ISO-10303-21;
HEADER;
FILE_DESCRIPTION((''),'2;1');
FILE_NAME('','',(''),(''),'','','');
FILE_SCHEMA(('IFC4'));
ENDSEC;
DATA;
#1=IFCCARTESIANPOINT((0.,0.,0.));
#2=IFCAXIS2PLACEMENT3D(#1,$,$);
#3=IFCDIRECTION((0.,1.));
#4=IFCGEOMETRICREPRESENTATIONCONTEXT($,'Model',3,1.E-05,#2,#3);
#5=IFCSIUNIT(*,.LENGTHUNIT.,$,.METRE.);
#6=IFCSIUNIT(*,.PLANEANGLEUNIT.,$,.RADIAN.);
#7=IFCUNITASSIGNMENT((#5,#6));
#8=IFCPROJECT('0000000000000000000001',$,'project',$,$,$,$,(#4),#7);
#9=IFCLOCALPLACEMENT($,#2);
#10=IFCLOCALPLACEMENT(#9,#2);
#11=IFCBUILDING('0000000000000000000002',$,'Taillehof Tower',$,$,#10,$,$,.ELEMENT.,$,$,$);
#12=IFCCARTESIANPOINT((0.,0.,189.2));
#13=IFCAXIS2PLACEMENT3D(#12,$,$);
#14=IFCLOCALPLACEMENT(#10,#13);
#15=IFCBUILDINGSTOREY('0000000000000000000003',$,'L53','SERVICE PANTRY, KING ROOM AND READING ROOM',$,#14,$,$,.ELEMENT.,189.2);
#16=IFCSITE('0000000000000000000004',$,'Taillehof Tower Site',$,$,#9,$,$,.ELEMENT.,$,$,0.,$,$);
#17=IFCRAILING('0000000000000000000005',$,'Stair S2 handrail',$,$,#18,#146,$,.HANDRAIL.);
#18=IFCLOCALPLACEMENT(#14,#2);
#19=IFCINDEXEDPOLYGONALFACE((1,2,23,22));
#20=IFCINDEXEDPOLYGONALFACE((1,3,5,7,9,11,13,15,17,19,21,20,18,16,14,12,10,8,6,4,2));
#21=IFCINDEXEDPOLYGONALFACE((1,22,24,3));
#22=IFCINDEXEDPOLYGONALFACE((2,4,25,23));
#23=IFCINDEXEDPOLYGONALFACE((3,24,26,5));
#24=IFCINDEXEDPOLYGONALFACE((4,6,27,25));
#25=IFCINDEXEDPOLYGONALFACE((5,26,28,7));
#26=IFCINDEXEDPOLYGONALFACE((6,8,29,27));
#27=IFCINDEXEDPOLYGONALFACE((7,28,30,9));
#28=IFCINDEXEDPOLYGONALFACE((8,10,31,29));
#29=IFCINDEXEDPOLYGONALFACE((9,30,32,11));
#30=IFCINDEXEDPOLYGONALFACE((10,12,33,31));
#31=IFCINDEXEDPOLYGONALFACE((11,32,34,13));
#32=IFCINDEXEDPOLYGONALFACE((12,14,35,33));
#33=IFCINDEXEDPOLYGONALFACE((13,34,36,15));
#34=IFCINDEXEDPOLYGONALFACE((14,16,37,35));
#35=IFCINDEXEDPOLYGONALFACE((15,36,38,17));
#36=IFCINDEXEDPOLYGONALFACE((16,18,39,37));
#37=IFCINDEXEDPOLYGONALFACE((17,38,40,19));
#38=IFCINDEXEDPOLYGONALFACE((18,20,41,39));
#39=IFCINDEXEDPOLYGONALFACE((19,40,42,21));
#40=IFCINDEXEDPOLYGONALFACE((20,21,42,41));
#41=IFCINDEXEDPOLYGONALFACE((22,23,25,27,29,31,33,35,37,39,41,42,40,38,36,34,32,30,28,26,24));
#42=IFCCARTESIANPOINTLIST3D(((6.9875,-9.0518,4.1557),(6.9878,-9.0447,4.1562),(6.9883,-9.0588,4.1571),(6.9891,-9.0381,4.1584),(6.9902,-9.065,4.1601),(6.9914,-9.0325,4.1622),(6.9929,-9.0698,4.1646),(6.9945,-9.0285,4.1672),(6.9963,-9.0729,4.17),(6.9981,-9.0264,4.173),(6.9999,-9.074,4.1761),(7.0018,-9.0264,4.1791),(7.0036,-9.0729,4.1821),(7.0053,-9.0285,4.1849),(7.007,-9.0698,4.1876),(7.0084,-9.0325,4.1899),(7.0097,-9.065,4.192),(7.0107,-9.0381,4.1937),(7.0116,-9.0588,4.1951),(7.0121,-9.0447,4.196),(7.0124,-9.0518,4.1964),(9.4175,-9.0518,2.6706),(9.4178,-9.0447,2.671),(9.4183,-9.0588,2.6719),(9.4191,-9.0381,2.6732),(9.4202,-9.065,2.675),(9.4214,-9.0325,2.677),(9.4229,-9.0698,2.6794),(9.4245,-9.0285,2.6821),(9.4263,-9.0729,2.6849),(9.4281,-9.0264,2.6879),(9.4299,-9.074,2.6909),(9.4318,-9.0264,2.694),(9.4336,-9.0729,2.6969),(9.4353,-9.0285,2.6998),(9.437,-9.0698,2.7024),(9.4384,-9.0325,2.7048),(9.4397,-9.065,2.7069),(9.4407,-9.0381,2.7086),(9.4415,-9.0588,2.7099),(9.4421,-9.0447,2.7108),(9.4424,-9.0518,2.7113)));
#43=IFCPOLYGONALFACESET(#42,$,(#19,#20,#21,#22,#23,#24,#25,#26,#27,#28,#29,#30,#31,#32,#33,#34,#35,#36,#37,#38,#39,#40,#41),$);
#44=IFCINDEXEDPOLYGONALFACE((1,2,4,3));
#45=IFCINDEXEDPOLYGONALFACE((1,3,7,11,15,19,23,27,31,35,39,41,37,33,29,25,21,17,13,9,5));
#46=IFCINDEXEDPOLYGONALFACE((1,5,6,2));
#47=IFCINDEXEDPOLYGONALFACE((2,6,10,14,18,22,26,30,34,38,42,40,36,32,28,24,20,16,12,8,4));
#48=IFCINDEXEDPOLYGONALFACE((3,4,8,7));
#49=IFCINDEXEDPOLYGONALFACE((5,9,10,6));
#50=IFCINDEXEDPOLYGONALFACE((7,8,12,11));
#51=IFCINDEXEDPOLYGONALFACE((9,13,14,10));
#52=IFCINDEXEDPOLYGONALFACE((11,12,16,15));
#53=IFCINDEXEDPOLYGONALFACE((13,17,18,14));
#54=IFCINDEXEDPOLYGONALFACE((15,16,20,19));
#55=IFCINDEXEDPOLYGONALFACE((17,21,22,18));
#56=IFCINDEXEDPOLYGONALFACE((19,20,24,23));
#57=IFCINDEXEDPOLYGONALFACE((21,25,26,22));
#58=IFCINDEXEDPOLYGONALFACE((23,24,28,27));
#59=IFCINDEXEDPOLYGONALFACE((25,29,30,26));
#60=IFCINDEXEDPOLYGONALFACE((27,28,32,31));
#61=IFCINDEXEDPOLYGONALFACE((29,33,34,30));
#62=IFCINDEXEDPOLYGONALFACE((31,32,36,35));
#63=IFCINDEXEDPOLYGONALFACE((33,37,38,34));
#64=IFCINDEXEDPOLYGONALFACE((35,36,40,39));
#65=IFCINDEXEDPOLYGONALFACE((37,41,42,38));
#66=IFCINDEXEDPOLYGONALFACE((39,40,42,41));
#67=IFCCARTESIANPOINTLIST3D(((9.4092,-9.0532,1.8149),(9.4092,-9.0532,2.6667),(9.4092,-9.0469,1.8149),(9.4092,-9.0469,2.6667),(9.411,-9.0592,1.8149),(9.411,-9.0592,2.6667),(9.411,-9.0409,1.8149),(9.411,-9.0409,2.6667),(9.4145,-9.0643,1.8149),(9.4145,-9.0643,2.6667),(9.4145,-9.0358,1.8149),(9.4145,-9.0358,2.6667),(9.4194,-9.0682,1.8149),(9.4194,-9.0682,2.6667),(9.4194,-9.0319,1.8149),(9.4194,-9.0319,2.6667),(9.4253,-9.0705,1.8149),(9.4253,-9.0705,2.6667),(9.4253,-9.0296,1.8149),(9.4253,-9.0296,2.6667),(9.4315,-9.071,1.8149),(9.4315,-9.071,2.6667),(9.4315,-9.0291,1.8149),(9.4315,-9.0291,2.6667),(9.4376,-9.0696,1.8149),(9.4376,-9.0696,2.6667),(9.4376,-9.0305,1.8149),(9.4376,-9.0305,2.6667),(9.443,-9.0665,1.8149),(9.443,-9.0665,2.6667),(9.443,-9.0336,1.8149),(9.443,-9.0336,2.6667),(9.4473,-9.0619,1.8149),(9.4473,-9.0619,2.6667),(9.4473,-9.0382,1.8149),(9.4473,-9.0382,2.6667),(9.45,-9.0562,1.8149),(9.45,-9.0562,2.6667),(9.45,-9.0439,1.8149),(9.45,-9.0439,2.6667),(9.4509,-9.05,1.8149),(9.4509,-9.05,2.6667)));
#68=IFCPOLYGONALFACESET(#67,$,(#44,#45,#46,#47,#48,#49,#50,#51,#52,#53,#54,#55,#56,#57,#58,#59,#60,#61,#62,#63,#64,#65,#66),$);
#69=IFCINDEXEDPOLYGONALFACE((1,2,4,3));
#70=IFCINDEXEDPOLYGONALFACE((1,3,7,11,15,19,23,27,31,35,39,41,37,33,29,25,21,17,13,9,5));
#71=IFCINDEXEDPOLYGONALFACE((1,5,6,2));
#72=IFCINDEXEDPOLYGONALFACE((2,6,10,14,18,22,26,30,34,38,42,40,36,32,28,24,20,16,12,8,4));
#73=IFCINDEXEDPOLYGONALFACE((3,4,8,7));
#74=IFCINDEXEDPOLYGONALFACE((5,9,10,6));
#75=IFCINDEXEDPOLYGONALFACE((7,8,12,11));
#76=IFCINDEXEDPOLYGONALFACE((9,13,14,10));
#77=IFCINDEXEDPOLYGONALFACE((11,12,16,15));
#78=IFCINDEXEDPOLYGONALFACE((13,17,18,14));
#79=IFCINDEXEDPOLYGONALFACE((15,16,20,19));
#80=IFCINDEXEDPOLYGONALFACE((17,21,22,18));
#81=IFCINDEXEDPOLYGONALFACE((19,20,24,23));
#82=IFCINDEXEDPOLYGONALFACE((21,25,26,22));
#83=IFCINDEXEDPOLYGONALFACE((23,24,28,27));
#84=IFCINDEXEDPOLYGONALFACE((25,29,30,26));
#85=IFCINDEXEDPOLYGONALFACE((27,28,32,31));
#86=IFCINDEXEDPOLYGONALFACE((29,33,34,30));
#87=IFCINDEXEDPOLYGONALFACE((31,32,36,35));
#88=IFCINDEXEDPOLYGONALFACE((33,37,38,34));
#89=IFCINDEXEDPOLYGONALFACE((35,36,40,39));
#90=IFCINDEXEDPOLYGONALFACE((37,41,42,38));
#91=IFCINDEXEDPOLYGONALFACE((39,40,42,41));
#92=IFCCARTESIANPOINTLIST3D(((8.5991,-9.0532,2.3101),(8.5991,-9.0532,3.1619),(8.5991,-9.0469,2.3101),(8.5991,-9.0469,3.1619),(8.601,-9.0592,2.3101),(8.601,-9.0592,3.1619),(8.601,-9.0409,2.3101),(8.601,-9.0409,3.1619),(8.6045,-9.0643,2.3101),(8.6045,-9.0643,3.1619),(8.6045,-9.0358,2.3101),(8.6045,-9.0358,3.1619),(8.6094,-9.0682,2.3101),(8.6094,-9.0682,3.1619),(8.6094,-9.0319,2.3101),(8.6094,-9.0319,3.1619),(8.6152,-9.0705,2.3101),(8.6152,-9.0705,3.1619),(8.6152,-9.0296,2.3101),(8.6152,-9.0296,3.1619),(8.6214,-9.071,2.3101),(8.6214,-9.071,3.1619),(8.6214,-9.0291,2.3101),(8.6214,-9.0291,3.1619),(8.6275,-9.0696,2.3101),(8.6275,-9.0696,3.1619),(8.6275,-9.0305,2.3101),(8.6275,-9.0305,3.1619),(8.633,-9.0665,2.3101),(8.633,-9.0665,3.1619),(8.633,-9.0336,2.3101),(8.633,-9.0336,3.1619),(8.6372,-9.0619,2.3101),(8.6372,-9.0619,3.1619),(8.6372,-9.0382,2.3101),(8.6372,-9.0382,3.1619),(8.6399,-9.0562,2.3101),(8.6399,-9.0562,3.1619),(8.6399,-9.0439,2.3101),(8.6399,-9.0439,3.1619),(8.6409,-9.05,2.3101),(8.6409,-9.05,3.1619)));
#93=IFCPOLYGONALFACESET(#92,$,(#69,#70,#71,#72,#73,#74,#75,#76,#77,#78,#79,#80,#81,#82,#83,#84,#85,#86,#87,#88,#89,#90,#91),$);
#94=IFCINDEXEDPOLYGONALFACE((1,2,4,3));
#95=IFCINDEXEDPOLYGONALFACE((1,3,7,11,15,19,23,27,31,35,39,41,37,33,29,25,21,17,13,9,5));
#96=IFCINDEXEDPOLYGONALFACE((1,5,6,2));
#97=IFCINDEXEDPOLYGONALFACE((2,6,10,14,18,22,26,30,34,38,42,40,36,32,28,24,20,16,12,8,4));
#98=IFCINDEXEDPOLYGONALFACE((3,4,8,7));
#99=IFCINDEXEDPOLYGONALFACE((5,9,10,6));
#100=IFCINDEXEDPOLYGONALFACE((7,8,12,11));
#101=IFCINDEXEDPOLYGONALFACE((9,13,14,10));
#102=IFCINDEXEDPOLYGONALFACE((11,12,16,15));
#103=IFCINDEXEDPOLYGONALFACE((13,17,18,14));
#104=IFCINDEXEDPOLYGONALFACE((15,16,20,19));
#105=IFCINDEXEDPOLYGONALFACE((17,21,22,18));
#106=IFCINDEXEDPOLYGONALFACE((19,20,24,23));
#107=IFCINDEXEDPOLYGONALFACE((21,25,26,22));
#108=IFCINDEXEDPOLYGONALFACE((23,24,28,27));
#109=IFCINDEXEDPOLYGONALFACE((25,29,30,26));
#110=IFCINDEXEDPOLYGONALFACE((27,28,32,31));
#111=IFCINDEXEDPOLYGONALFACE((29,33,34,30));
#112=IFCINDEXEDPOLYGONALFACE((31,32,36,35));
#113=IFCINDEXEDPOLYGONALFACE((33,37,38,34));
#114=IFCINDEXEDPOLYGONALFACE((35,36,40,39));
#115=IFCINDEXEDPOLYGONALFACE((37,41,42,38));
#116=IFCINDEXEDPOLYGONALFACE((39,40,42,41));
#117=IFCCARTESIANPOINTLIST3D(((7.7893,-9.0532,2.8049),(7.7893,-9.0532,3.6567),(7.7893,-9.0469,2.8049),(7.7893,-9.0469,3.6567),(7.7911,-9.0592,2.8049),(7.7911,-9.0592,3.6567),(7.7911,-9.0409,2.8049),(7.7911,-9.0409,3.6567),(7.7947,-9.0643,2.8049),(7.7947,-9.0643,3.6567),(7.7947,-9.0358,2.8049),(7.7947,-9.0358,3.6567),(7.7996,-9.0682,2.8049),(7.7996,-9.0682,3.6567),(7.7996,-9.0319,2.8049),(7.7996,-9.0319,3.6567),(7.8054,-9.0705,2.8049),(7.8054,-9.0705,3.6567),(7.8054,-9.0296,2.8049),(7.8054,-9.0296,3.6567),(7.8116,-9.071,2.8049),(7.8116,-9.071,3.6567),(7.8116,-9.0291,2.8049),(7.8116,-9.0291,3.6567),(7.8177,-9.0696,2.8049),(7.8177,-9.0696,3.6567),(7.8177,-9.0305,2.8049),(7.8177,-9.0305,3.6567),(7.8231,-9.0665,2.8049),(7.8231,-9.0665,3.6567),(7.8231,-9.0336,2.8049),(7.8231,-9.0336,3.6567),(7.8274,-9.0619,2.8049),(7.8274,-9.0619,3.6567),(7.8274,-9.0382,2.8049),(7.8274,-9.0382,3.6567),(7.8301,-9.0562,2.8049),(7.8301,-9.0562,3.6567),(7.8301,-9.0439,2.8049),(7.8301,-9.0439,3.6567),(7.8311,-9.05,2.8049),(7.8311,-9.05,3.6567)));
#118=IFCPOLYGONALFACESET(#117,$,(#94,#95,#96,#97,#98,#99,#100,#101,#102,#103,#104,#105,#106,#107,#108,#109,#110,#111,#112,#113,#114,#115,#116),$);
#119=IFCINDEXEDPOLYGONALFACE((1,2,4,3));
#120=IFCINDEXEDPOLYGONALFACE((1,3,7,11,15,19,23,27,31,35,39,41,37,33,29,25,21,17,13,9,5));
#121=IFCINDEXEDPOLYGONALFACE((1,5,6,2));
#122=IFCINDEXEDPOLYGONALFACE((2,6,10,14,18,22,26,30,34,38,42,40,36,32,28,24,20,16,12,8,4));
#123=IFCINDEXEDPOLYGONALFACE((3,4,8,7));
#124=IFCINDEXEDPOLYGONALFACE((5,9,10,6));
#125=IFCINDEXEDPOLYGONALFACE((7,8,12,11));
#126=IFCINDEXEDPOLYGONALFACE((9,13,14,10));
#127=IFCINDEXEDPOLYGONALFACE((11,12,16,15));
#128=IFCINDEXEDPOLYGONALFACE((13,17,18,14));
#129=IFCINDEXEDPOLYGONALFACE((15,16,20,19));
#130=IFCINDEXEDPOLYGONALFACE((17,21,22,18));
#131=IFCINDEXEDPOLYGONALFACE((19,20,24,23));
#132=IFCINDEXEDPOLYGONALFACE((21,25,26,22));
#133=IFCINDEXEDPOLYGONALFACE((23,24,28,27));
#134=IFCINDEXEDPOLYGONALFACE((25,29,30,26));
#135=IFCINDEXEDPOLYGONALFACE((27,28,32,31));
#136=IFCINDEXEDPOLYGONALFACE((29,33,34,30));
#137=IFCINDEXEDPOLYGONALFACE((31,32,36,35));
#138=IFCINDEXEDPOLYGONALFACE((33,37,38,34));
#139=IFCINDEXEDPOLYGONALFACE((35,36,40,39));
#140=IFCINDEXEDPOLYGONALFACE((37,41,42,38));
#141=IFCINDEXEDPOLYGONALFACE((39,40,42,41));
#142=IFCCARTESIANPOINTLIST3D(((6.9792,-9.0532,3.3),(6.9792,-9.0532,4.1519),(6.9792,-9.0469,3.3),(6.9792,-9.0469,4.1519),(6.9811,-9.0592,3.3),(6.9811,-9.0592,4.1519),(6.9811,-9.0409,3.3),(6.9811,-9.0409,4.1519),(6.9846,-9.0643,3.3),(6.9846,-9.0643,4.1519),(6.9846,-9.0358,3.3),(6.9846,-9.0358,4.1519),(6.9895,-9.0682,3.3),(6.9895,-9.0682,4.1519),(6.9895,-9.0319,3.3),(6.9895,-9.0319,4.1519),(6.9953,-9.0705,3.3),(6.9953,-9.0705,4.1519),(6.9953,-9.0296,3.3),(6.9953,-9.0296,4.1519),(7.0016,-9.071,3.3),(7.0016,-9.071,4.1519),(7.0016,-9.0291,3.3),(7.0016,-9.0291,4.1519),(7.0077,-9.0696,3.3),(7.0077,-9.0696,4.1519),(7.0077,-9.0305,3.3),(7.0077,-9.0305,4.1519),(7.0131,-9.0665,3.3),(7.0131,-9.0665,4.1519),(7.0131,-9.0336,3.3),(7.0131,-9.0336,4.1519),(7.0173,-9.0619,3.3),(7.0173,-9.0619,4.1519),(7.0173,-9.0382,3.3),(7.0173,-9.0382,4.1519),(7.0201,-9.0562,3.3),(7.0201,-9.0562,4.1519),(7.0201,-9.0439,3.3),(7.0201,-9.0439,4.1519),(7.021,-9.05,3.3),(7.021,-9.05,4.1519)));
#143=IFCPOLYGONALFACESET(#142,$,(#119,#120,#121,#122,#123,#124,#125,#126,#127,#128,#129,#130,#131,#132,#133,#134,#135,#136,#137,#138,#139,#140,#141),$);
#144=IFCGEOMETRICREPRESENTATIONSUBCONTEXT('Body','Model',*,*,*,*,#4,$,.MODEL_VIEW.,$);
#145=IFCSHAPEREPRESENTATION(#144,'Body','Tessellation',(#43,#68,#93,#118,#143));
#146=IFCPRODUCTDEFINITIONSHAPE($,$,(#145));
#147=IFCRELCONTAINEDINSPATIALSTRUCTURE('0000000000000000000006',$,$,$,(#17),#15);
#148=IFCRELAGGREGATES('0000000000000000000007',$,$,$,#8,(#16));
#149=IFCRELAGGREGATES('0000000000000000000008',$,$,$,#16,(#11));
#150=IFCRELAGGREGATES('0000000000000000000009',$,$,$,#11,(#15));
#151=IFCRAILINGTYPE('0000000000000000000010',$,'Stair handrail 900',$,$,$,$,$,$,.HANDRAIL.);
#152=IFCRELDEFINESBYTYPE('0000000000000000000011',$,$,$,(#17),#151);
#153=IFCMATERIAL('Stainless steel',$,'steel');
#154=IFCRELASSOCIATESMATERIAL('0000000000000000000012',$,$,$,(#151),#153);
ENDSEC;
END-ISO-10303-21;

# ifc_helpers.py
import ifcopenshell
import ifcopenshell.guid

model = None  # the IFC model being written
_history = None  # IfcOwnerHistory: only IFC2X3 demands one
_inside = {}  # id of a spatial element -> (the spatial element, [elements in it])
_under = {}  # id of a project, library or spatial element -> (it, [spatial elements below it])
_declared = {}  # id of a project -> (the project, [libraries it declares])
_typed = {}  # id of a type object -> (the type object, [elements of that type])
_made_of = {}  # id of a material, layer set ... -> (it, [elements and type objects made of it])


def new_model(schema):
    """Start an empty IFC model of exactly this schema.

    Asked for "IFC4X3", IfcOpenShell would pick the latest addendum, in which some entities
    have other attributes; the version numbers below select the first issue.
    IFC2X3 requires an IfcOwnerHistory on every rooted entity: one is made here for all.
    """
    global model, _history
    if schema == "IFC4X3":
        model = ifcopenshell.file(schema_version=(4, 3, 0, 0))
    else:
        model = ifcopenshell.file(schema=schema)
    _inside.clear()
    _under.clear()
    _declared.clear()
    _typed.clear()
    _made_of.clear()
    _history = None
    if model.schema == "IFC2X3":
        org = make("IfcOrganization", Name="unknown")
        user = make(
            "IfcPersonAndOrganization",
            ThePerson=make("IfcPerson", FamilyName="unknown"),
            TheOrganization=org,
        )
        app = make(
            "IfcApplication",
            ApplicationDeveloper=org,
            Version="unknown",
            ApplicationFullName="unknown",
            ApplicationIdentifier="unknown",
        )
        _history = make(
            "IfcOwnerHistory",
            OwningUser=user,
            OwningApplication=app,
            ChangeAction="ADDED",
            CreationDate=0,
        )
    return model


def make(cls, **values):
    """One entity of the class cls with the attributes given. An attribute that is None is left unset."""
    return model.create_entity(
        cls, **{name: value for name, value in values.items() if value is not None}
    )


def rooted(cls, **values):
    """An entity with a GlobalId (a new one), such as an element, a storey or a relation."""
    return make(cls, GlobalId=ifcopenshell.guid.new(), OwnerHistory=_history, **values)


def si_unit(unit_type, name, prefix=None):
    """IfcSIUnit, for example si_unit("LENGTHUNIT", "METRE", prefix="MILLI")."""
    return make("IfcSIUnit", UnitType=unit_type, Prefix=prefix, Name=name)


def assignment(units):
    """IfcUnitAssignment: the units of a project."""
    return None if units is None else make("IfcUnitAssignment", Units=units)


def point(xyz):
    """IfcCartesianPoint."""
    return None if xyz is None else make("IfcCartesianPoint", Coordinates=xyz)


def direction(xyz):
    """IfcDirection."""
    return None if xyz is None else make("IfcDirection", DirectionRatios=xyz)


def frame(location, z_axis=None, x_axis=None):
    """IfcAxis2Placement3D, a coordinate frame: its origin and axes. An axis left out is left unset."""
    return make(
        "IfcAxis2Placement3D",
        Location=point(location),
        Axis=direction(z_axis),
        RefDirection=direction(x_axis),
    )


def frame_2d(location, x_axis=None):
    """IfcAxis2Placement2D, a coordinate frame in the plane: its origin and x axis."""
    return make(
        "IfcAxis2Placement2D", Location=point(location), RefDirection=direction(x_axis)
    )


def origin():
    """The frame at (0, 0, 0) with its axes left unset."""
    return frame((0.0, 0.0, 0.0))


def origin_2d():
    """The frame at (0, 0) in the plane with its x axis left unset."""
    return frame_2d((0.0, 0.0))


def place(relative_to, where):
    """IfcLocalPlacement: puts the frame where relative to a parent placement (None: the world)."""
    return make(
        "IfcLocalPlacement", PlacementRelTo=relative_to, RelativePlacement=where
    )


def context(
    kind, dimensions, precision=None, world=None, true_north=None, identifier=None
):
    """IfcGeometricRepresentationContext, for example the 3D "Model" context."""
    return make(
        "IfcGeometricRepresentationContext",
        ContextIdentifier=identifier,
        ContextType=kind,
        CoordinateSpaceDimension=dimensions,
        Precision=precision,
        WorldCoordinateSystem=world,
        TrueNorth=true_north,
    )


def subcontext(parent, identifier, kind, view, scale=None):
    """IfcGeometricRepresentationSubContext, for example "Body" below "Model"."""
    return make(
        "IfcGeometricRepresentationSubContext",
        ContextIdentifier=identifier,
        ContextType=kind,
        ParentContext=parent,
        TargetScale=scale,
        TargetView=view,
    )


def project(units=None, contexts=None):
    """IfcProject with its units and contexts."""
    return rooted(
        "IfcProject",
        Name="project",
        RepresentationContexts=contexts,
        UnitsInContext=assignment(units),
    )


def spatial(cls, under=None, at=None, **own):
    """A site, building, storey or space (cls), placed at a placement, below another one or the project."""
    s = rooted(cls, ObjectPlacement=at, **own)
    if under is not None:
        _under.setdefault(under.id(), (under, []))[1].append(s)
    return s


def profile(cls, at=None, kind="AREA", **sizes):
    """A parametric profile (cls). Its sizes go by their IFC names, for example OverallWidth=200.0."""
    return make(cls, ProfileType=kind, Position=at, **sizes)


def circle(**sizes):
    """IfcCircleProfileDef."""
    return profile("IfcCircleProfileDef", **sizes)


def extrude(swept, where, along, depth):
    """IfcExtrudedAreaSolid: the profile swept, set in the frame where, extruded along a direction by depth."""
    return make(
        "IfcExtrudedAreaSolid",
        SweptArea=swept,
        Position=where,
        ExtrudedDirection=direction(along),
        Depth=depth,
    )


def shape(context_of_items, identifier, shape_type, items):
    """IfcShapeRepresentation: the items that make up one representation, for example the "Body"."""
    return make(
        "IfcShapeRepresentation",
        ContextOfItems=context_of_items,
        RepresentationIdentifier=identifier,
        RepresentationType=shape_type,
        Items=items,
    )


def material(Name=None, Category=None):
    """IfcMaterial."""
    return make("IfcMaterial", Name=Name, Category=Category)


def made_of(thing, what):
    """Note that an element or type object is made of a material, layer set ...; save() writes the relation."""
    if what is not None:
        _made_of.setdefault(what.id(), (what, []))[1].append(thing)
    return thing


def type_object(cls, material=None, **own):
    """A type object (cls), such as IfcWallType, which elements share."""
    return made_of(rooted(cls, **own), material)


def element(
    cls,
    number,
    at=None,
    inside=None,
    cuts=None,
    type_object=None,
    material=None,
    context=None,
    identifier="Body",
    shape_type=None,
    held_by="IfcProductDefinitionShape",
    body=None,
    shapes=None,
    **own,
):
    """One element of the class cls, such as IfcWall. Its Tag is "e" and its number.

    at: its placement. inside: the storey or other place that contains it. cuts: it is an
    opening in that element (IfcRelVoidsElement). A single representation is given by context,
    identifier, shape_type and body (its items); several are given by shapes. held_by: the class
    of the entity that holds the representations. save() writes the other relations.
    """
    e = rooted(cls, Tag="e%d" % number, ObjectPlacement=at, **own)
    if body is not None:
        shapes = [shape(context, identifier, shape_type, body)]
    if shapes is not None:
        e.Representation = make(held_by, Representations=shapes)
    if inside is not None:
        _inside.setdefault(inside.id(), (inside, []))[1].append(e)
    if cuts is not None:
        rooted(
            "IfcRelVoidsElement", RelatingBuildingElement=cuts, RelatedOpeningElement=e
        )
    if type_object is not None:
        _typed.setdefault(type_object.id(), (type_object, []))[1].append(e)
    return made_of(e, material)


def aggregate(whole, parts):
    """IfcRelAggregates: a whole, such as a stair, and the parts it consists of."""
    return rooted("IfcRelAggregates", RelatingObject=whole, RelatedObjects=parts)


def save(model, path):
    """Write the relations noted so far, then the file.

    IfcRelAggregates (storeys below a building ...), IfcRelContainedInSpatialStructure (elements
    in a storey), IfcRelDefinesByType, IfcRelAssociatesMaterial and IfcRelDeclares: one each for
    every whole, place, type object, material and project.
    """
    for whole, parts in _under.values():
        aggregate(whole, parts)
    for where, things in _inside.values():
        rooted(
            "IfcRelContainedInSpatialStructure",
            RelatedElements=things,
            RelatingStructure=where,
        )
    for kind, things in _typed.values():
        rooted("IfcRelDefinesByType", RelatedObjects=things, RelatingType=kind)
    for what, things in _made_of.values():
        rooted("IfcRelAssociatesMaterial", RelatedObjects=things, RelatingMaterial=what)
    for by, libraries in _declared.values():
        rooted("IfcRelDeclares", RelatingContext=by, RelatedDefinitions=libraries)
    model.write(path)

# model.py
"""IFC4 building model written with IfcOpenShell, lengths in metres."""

from ifc_helpers import new_model, si_unit, direction, frame, origin, origin_2d, place, context, subcontext, project, spatial, circle, extrude, material, type_object, element, save


model = new_model("IFC4")

# Units and contexts
model_context = context("Model", 3, precision=1e-05, world=origin(), true_north=direction((0.0, 1.0)))
body_context = subcontext(model_context, "Body", "Model", "MODEL_VIEW")
ifc_project = project(units=[si_unit("LENGTHUNIT", "METRE"), si_unit("PLANEANGLEUNIT", "RADIAN")], contexts=[model_context])

# Site, building, storey
site_placement = place(None, origin())
site = spatial("IfcSite", under=ifc_project, at=site_placement, Name="Taillehof Tower Site", CompositionType="ELEMENT", RefElevation=0.0)
building_placement = place(site_placement, origin())
building = spatial("IfcBuilding", under=site, at=building_placement, Name="Taillehof Tower", CompositionType="ELEMENT")
storey_placement = place(building_placement, frame((0.0, 0.0, 189.2)))
storey = spatial("IfcBuildingStorey", under=building, at=storey_placement, Name="L53", Description="SERVICE PANTRY, KING ROOM AND READING ROOM", CompositionType="ELEMENT", Elevation=189.2)

# Railing
ifc_material_1 = material(Name="Stainless steel", Category="steel")
railing_type = type_object("IfcRailingType", Name="Stair handrail 900", PredefinedType="HANDRAIL", material=ifc_material_1)
railing_placement = place(storey_placement, frame((9.4299, -9.05, 1.8149)))
element("IfcRailing", 1, at=railing_placement, inside=storey, type_object=railing_type, Name="Stair S2 handrail", PredefinedType="HANDRAIL", context=body_context, shape_type="SweptSolid", body=[
    extrude(circle(Radius=0.0239, at=origin_2d()), frame((0.0, 0.0, 0.876), z_axis=(-0.853259, 0.0, 0.521488), x_axis=(0.0, -1.0, 0.0)), (0.0, 0.0, 1.0), 2.8479),
    extrude(circle(Radius=0.021, at=origin_2d()), origin(), (0.0, 0.0, 1.0), 0.8518),
    extrude(circle(Radius=0.021, at=origin_2d()), frame((-0.8101, 0.0, 0.4951)), (0.0, 0.0, 1.0), 0.8518),
    extrude(circle(Radius=0.021, at=origin_2d()), frame((-1.6199, 0.0, 0.99)), (0.0, 0.0, 1.0), 0.8518),
    extrude(circle(Radius=0.021, at=origin_2d()), frame((-2.4299, 0.0, 1.4851)), (0.0, 0.0, 1.0), 0.8518),
])

save(model, "model.ifc")
